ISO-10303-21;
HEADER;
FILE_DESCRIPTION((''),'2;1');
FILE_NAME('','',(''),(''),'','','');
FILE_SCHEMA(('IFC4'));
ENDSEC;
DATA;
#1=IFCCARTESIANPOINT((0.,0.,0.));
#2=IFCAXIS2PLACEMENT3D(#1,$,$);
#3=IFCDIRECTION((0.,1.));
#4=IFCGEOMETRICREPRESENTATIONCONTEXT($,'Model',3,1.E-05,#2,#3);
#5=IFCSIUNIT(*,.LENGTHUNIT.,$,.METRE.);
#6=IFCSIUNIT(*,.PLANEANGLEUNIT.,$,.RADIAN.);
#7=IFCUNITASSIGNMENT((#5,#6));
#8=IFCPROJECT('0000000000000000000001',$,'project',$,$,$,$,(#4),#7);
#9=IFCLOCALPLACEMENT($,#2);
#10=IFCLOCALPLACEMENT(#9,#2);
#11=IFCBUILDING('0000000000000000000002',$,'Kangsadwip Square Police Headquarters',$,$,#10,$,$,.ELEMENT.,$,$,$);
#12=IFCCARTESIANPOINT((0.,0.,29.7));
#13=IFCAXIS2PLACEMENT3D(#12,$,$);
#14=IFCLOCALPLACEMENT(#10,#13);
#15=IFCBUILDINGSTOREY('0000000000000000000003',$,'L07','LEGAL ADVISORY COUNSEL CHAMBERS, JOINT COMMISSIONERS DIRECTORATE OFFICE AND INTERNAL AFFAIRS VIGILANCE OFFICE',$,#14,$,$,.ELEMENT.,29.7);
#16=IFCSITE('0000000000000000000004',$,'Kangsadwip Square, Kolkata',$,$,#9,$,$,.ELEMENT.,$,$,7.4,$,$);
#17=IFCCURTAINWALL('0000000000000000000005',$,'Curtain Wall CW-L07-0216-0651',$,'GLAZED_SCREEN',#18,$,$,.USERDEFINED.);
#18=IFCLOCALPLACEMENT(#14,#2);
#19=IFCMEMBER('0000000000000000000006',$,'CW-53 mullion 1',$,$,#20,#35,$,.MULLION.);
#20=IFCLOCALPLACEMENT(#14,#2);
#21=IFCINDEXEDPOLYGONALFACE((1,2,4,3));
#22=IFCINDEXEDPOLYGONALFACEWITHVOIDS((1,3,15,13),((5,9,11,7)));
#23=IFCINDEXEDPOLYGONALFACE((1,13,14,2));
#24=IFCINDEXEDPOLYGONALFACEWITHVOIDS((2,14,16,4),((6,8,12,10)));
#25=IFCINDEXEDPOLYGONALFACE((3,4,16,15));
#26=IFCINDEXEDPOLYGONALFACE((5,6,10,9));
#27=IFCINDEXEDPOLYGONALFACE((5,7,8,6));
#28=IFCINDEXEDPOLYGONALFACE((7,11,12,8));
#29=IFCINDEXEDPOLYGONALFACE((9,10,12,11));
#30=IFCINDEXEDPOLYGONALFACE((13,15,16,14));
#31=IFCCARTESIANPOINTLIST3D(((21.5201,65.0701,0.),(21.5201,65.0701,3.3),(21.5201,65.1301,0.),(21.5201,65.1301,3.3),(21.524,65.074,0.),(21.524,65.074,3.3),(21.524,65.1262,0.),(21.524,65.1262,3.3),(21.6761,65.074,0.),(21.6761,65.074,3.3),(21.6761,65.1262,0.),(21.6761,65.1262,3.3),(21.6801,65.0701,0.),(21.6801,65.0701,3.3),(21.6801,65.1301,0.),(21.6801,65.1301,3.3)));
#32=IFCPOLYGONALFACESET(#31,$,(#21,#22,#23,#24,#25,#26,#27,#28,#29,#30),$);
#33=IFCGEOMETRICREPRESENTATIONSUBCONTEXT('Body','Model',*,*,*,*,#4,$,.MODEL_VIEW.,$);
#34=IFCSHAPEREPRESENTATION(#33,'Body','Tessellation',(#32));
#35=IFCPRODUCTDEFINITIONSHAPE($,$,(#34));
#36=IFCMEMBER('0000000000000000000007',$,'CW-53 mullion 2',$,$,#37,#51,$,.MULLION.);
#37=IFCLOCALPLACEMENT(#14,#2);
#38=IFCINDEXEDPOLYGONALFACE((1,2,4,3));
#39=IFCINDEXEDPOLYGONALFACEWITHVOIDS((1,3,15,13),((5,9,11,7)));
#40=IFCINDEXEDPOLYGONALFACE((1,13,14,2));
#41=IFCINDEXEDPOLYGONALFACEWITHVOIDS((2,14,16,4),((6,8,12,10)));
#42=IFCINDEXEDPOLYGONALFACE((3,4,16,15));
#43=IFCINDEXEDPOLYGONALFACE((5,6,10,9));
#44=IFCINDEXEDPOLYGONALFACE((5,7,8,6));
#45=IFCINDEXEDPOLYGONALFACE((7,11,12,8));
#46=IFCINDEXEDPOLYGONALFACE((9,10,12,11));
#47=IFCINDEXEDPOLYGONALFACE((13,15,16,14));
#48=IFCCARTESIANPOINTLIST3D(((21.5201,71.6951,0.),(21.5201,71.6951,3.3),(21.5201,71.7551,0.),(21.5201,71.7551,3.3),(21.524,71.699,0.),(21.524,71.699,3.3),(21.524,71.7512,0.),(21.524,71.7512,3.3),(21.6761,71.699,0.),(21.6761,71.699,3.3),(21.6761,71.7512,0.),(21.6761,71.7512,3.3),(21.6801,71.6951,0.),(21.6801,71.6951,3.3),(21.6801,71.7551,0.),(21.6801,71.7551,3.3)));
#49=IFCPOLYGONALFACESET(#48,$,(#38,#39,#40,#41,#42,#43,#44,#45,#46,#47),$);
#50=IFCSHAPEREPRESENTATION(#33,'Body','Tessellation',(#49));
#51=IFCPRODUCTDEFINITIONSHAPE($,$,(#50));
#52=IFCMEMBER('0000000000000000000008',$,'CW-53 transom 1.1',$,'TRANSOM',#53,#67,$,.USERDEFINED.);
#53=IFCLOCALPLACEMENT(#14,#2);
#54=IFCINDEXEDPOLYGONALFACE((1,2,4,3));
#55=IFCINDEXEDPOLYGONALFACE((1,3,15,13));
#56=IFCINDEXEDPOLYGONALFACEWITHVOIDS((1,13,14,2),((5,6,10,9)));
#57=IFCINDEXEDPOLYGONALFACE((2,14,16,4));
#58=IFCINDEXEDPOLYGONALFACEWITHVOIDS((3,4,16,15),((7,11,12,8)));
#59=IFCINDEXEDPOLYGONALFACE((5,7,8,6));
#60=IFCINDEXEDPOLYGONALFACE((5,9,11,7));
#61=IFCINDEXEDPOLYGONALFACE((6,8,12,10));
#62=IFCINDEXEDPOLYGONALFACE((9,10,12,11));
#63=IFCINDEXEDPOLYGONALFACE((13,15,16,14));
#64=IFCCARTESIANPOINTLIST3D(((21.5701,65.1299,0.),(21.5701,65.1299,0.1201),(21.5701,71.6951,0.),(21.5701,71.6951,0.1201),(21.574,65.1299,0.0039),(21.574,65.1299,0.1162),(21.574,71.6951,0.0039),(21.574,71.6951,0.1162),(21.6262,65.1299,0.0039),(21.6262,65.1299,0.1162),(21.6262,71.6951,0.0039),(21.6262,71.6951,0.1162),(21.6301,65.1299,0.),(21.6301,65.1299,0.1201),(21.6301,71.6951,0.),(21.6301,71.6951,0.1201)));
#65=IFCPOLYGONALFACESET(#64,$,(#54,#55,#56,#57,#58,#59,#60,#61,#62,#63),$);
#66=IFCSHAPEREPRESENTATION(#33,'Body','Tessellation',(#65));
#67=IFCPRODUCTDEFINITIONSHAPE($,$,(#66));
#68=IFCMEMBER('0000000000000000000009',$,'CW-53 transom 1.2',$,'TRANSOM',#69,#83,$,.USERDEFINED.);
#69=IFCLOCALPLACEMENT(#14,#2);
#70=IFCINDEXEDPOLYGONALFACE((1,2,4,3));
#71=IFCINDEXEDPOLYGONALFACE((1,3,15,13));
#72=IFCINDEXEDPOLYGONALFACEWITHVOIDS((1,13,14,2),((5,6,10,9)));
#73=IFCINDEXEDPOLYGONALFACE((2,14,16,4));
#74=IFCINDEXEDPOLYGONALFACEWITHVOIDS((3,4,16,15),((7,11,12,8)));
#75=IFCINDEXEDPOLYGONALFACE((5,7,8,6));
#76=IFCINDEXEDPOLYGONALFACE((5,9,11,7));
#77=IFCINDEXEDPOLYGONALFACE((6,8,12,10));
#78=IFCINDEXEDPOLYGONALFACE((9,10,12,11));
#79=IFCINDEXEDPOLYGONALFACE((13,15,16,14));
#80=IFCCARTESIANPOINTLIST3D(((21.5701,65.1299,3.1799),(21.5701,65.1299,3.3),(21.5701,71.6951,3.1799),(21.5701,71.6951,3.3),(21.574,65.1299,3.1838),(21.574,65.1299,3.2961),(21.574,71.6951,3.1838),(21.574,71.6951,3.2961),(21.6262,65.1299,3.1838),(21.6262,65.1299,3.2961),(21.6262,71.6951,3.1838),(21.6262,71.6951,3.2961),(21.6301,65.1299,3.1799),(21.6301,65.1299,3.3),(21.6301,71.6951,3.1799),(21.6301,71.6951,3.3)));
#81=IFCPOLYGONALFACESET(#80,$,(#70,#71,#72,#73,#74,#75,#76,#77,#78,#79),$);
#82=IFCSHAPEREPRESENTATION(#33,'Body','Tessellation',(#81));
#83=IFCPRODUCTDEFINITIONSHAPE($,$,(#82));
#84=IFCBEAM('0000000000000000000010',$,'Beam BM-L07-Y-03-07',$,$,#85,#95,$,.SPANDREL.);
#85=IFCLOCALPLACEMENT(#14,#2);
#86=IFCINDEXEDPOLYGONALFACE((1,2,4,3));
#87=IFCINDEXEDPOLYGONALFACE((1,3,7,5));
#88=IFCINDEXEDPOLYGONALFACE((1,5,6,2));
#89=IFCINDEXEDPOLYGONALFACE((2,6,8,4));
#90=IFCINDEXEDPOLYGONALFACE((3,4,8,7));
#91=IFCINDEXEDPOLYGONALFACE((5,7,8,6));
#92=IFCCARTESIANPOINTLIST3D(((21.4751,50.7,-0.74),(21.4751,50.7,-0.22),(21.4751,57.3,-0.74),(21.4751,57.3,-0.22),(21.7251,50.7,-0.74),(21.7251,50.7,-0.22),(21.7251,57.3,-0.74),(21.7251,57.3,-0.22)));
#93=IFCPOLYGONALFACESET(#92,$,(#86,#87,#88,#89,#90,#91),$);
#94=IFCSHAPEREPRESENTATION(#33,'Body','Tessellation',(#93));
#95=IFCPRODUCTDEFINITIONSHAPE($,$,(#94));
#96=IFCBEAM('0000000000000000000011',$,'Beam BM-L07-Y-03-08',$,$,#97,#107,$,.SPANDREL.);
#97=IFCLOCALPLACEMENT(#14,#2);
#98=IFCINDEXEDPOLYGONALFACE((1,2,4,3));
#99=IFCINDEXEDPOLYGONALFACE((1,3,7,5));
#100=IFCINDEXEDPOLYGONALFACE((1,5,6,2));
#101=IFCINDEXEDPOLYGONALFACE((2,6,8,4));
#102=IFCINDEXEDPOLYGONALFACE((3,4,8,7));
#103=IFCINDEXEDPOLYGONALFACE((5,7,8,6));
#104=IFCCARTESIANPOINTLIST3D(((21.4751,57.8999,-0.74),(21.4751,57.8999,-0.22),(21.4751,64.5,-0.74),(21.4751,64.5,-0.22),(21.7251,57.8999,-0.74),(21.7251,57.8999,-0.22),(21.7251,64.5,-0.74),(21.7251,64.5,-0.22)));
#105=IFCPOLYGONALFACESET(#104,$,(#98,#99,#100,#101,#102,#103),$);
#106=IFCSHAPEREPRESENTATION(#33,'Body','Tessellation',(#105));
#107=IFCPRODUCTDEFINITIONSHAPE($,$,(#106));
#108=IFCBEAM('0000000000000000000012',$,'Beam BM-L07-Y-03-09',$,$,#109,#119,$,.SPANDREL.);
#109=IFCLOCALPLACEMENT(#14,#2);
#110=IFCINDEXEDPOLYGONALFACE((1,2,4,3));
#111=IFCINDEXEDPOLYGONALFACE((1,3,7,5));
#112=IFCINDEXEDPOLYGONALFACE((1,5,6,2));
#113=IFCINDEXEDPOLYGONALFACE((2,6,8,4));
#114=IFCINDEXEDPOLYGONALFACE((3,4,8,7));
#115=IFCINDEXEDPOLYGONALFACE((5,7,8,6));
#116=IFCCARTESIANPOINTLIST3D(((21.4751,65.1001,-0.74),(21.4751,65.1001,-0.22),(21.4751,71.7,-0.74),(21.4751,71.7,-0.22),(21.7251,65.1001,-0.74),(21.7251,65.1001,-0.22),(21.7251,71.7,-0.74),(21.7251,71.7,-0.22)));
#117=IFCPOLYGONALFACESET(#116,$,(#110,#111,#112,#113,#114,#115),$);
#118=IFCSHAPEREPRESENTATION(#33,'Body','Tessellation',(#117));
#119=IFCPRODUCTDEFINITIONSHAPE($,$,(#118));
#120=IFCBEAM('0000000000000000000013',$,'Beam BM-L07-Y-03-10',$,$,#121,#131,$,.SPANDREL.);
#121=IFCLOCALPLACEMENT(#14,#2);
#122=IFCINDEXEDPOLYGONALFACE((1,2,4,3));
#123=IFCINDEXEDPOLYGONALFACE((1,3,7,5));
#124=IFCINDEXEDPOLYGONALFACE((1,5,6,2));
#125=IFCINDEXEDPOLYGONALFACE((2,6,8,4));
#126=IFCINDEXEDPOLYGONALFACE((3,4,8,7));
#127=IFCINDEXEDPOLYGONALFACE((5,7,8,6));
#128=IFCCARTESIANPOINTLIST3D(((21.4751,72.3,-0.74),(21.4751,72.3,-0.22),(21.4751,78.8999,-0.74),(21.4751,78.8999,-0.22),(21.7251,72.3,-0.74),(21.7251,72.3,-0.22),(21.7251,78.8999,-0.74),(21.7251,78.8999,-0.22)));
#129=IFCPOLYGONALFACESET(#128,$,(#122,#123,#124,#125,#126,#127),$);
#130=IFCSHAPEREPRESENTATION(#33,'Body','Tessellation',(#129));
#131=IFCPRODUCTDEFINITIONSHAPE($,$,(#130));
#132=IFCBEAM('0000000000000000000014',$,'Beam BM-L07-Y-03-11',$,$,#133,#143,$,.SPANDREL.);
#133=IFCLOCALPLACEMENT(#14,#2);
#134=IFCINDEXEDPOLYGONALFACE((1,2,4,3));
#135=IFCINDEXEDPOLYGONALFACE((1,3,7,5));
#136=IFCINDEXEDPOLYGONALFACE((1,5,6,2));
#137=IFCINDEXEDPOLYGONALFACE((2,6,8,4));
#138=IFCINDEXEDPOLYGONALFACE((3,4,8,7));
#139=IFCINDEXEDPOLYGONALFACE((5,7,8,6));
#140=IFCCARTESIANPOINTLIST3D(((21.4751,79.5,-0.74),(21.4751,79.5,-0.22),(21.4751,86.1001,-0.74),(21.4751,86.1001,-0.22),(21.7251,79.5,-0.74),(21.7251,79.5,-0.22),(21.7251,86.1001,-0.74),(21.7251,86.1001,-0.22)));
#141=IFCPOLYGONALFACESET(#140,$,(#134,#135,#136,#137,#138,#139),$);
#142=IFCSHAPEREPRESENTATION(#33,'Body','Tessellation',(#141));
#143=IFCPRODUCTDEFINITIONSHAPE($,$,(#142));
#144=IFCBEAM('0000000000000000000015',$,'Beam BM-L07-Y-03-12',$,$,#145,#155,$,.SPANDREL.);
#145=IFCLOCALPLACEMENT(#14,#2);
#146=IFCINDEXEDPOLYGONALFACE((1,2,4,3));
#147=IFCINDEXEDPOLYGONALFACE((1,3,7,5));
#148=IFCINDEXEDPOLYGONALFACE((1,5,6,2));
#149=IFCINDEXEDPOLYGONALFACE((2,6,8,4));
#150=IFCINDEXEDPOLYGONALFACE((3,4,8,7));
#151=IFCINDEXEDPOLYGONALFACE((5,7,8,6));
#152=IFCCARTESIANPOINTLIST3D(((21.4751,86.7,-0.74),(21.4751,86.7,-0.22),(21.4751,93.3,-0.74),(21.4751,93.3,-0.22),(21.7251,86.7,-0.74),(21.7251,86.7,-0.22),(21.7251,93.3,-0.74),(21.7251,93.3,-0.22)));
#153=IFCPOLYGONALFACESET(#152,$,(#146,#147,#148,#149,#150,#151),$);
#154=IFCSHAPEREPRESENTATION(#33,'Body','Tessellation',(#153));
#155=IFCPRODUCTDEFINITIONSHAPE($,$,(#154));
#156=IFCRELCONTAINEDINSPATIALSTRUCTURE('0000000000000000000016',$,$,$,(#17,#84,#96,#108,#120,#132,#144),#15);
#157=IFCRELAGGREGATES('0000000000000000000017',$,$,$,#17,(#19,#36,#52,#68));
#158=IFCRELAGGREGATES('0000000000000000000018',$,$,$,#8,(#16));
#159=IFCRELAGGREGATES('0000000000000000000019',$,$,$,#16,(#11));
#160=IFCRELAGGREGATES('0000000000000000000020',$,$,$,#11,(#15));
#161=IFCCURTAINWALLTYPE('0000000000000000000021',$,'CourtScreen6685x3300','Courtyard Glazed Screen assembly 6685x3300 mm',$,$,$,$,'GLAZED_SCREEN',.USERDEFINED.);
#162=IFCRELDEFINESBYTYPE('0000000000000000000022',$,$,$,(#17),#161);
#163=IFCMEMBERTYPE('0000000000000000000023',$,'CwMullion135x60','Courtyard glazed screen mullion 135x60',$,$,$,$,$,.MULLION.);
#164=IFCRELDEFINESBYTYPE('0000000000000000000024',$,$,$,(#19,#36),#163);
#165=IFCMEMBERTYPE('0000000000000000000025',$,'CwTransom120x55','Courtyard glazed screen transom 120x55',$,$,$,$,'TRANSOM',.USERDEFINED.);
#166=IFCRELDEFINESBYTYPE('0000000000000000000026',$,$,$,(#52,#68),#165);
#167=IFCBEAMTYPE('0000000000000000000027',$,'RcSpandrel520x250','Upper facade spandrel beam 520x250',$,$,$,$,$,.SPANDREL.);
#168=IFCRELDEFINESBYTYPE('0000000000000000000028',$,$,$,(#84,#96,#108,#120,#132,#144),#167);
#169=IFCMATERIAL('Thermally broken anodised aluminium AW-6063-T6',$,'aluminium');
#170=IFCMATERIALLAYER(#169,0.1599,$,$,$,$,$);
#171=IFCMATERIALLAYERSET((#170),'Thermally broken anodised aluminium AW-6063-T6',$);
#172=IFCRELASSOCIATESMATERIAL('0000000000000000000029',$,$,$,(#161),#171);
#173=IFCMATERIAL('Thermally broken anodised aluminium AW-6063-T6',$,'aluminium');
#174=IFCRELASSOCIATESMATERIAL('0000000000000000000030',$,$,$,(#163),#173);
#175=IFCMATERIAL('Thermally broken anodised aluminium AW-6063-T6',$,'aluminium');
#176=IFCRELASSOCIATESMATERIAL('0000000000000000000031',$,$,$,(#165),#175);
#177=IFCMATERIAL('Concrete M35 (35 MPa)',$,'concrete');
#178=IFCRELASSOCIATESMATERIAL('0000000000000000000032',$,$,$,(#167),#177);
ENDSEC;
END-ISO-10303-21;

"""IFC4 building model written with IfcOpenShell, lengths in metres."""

from ifc_helpers import new_model, si_unit, direction, frame, origin, origin_2d, place, context, subcontext, project, spatial, rectangle, hollow_rectangle, extrude, material, layer, layer_set, material_profile, profile_set, type_object, element, aggregate, save


model = new_model("IFC4")

# Units and contexts
model_context = context("Model", 3, precision=1e-05, world=origin(), true_north=direction((0.0, 1.0)))
body_context = subcontext(model_context, "Body", "Model", "MODEL_VIEW")
ifc_project = project(units=[si_unit("LENGTHUNIT", "METRE"), si_unit("PLANEANGLEUNIT", "RADIAN")], contexts=[model_context])

# Site, building, storey
site_placement = place(None, origin())
site = spatial("IfcSite", under=ifc_project, at=site_placement, Name="Kangsadwip Square, Kolkata", CompositionType="ELEMENT", RefElevation=7.4)
building_placement = place(site_placement, origin())
building = spatial("IfcBuilding", under=site, at=building_placement, Name="Kangsadwip Square Police Headquarters", CompositionType="ELEMENT")
storey_placement = place(building_placement, frame((0.0, 0.0, 29.7)))
storey = spatial("IfcBuildingStorey", under=building, at=storey_placement, Name="L07", Description="LEGAL ADVISORY COUNSEL CHAMBERS, JOINT COMMISSIONERS DIRECTORATE OFFICE AND INTERNAL AFFAIRS VIGILANCE OFFICE", CompositionType="ELEMENT", Elevation=29.7)

# Curtain wall, members
ifc_material_1 = material(Name="Thermally broken anodised aluminium AW-6063-T6", Category="aluminium")
ifc_layer_1 = layer(ifc_material_1, 0.1599)
ifc_layer_set_1 = layer_set([ifc_layer_1], Name="Thermally broken anodised aluminium AW-6063-T6")
curtain_wall_type = type_object("IfcCurtainWallType", Name="CourtScreen6685x3300", Description="Courtyard Glazed Screen assembly 6685x3300 mm", ElementType="GLAZED_SCREEN", PredefinedType="USERDEFINED", material=ifc_layer_set_1)
curtain_wall_placement = place(storey_placement, origin())
curtain_wall = element("IfcCurtainWall", 1, at=curtain_wall_placement, inside=storey, type_object=curtain_wall_type, Name="Curtain Wall CW-L07-0216-0651", ObjectType="GLAZED_SCREEN", PredefinedType="USERDEFINED")
ifc_material_2 = material(Name="Thermally broken anodised aluminium AW-6063-T6", Category="aluminium")
ifc_material_profile_1 = material_profile(ifc_material_2, hollow_rectangle(XDim=0.0601, YDim=0.1599, WallThickness=0.0039, at=origin_2d()), Name="CWM 160X60X4")
ifc_profile_set_1 = profile_set([ifc_material_profile_1], Name="Thermally broken anodised aluminium AW-6063-T6")
member_type_1 = type_object("IfcMemberType", Name="CwMullion135x60", Description="Courtyard glazed screen mullion 135x60", PredefinedType="MULLION", material=ifc_profile_set_1)
member_1_placement = place(storey_placement, frame((21.6001, 65.1001, 0.0), z_axis=(0.0, 0.0, 1.0), x_axis=(0.0, 1.0, 0.0)))
member_1 = element("IfcMember", 2, at=member_1_placement, type_object=member_type_1, Name="CW-53 mullion 1", PredefinedType="MULLION", context=body_context, shape_type="SweptSolid", body=[
    extrude(hollow_rectangle(XDim=0.0601, YDim=0.1599, WallThickness=0.0039, at=origin_2d()), origin(), (0.0, 0.0, 1.0), 3.3),
])
member_2_placement = place(storey_placement, frame((21.6001, 71.7251, 0.0), z_axis=(0.0, 0.0, 1.0), x_axis=(0.0, 1.0, 0.0)))
member_2 = element("IfcMember", 3, at=member_2_placement, type_object=member_type_1, Name="CW-53 mullion 2", PredefinedType="MULLION", context=body_context, shape_type="SweptSolid", body=[
    extrude(hollow_rectangle(XDim=0.0601, YDim=0.1599, WallThickness=0.0039, at=origin_2d()), origin(), (0.0, 0.0, 1.0), 3.3),
])
ifc_material_3 = material(Name="Thermally broken anodised aluminium AW-6063-T6", Category="aluminium")
ifc_material_profile_2 = material_profile(ifc_material_3, hollow_rectangle(XDim=0.0601, YDim=0.1201, WallThickness=0.0039, at=origin_2d()), Name="CWT 120X60X4")
ifc_profile_set_2 = profile_set([ifc_material_profile_2], Name="Thermally broken anodised aluminium AW-6063-T6")
member_type_2 = type_object("IfcMemberType", Name="CwTransom120x55", Description="Courtyard glazed screen transom 120x55", ElementType="TRANSOM", PredefinedType="USERDEFINED", material=ifc_profile_set_2)
member_3_placement = place(storey_placement, frame((21.6001, 65.1299, 0.0601), z_axis=(0.0, 1.0, 0.0), x_axis=(-1.0, 0.0, 0.0)))
member_3 = element("IfcMember", 4, at=member_3_placement, type_object=member_type_2, Name="CW-53 transom 1.1", ObjectType="TRANSOM", PredefinedType="USERDEFINED", context=body_context, shape_type="SweptSolid", body=[
    extrude(hollow_rectangle(XDim=0.0601, YDim=0.1201, WallThickness=0.0039, at=origin_2d()), origin(), (0.0, 0.0, 1.0), 6.5652),
])
member_4_placement = place(storey_placement, frame((21.6001, 65.1299, 3.24), z_axis=(0.0, 1.0, 0.0), x_axis=(-1.0, 0.0, 0.0)))
member_4 = element("IfcMember", 5, at=member_4_placement, type_object=member_type_2, Name="CW-53 transom 1.2", ObjectType="TRANSOM", PredefinedType="USERDEFINED", context=body_context, shape_type="SweptSolid", body=[
    extrude(hollow_rectangle(XDim=0.0601, YDim=0.1201, WallThickness=0.0039, at=origin_2d()), origin(), (0.0, 0.0, 1.0), 6.5652),
])

# Beams
ifc_material_4 = material(Name="Concrete M35 (35 MPa)", Category="concrete")
ifc_material_profile_3 = material_profile(ifc_material_4, rectangle(XDim=0.25, YDim=0.52, at=origin_2d()), Name="RC SPN 520X250")
ifc_profile_set_3 = profile_set([ifc_material_profile_3], Name="Concrete M35 (35 MPa)")
beam_type = type_object("IfcBeamType", Name="RcSpandrel520x250", Description="Upper facade spandrel beam 520x250", PredefinedType="SPANDREL", material=ifc_profile_set_3)
for number, where, z_axis, x_axis, name in (
    (6, (21.6001, 50.7, -0.48), (0.0, 1.0, 0.0), (-1.0, 0.0, 0.0), "Beam BM-L07-Y-03-07"),
    (7, (21.6001, 57.8999, -0.48), (0.0, 1.0, 0.0), (-1.0, 0.0, 0.0), "Beam BM-L07-Y-03-08"),
):
    element("IfcBeam", number, at=place(storey_placement, frame(where, z_axis=z_axis, x_axis=x_axis)), inside=storey, type_object=beam_type, Name=name, PredefinedType="SPANDREL", context=body_context, shape_type="SweptSolid", body=[
        extrude(rectangle(XDim=0.25, YDim=0.52, at=origin_2d()), origin(), (0.0, 0.0, 1.0), 6.6001),
    ])
for number, where, z_axis, x_axis, name in (
    (8, (21.6001, 65.1001, -0.48), (0.0, 1.0, 0.0), (-1.0, 0.0, 0.0), "Beam BM-L07-Y-03-09"),
    (9, (21.6001, 72.3, -0.48), (0.0, 1.0, 0.0), (-1.0, 0.0, 0.0), "Beam BM-L07-Y-03-10"),
):
    element("IfcBeam", number, at=place(storey_placement, frame(where, z_axis=z_axis, x_axis=x_axis)), inside=storey, type_object=beam_type, Name=name, PredefinedType="SPANDREL", context=body_context, shape_type="SweptSolid", body=[
        extrude(rectangle(XDim=0.25, YDim=0.52, at=origin_2d()), origin(), (0.0, 0.0, 1.0), 6.5999),
    ])
for number, where, z_axis, x_axis, name in (
    (10, (21.6001, 79.5, -0.48), (0.0, 1.0, 0.0), (-1.0, 0.0, 0.0), "Beam BM-L07-Y-03-11"),
    (11, (21.6001, 86.7, -0.48), (0.0, 1.0, 0.0), (-1.0, 0.0, 0.0), "Beam BM-L07-Y-03-12"),
):
    element("IfcBeam", number, at=place(storey_placement, frame(where, z_axis=z_axis, x_axis=x_axis)), inside=storey, type_object=beam_type, Name=name, PredefinedType="SPANDREL", context=body_context, shape_type="SweptSolid", body=[
        extrude(rectangle(XDim=0.25, YDim=0.52, at=origin_2d()), origin(), (0.0, 0.0, 1.0), 6.6001),
    ])

aggregate(curtain_wall, [member_1, member_2, member_3, member_4])

save(model, "model.ifc")
